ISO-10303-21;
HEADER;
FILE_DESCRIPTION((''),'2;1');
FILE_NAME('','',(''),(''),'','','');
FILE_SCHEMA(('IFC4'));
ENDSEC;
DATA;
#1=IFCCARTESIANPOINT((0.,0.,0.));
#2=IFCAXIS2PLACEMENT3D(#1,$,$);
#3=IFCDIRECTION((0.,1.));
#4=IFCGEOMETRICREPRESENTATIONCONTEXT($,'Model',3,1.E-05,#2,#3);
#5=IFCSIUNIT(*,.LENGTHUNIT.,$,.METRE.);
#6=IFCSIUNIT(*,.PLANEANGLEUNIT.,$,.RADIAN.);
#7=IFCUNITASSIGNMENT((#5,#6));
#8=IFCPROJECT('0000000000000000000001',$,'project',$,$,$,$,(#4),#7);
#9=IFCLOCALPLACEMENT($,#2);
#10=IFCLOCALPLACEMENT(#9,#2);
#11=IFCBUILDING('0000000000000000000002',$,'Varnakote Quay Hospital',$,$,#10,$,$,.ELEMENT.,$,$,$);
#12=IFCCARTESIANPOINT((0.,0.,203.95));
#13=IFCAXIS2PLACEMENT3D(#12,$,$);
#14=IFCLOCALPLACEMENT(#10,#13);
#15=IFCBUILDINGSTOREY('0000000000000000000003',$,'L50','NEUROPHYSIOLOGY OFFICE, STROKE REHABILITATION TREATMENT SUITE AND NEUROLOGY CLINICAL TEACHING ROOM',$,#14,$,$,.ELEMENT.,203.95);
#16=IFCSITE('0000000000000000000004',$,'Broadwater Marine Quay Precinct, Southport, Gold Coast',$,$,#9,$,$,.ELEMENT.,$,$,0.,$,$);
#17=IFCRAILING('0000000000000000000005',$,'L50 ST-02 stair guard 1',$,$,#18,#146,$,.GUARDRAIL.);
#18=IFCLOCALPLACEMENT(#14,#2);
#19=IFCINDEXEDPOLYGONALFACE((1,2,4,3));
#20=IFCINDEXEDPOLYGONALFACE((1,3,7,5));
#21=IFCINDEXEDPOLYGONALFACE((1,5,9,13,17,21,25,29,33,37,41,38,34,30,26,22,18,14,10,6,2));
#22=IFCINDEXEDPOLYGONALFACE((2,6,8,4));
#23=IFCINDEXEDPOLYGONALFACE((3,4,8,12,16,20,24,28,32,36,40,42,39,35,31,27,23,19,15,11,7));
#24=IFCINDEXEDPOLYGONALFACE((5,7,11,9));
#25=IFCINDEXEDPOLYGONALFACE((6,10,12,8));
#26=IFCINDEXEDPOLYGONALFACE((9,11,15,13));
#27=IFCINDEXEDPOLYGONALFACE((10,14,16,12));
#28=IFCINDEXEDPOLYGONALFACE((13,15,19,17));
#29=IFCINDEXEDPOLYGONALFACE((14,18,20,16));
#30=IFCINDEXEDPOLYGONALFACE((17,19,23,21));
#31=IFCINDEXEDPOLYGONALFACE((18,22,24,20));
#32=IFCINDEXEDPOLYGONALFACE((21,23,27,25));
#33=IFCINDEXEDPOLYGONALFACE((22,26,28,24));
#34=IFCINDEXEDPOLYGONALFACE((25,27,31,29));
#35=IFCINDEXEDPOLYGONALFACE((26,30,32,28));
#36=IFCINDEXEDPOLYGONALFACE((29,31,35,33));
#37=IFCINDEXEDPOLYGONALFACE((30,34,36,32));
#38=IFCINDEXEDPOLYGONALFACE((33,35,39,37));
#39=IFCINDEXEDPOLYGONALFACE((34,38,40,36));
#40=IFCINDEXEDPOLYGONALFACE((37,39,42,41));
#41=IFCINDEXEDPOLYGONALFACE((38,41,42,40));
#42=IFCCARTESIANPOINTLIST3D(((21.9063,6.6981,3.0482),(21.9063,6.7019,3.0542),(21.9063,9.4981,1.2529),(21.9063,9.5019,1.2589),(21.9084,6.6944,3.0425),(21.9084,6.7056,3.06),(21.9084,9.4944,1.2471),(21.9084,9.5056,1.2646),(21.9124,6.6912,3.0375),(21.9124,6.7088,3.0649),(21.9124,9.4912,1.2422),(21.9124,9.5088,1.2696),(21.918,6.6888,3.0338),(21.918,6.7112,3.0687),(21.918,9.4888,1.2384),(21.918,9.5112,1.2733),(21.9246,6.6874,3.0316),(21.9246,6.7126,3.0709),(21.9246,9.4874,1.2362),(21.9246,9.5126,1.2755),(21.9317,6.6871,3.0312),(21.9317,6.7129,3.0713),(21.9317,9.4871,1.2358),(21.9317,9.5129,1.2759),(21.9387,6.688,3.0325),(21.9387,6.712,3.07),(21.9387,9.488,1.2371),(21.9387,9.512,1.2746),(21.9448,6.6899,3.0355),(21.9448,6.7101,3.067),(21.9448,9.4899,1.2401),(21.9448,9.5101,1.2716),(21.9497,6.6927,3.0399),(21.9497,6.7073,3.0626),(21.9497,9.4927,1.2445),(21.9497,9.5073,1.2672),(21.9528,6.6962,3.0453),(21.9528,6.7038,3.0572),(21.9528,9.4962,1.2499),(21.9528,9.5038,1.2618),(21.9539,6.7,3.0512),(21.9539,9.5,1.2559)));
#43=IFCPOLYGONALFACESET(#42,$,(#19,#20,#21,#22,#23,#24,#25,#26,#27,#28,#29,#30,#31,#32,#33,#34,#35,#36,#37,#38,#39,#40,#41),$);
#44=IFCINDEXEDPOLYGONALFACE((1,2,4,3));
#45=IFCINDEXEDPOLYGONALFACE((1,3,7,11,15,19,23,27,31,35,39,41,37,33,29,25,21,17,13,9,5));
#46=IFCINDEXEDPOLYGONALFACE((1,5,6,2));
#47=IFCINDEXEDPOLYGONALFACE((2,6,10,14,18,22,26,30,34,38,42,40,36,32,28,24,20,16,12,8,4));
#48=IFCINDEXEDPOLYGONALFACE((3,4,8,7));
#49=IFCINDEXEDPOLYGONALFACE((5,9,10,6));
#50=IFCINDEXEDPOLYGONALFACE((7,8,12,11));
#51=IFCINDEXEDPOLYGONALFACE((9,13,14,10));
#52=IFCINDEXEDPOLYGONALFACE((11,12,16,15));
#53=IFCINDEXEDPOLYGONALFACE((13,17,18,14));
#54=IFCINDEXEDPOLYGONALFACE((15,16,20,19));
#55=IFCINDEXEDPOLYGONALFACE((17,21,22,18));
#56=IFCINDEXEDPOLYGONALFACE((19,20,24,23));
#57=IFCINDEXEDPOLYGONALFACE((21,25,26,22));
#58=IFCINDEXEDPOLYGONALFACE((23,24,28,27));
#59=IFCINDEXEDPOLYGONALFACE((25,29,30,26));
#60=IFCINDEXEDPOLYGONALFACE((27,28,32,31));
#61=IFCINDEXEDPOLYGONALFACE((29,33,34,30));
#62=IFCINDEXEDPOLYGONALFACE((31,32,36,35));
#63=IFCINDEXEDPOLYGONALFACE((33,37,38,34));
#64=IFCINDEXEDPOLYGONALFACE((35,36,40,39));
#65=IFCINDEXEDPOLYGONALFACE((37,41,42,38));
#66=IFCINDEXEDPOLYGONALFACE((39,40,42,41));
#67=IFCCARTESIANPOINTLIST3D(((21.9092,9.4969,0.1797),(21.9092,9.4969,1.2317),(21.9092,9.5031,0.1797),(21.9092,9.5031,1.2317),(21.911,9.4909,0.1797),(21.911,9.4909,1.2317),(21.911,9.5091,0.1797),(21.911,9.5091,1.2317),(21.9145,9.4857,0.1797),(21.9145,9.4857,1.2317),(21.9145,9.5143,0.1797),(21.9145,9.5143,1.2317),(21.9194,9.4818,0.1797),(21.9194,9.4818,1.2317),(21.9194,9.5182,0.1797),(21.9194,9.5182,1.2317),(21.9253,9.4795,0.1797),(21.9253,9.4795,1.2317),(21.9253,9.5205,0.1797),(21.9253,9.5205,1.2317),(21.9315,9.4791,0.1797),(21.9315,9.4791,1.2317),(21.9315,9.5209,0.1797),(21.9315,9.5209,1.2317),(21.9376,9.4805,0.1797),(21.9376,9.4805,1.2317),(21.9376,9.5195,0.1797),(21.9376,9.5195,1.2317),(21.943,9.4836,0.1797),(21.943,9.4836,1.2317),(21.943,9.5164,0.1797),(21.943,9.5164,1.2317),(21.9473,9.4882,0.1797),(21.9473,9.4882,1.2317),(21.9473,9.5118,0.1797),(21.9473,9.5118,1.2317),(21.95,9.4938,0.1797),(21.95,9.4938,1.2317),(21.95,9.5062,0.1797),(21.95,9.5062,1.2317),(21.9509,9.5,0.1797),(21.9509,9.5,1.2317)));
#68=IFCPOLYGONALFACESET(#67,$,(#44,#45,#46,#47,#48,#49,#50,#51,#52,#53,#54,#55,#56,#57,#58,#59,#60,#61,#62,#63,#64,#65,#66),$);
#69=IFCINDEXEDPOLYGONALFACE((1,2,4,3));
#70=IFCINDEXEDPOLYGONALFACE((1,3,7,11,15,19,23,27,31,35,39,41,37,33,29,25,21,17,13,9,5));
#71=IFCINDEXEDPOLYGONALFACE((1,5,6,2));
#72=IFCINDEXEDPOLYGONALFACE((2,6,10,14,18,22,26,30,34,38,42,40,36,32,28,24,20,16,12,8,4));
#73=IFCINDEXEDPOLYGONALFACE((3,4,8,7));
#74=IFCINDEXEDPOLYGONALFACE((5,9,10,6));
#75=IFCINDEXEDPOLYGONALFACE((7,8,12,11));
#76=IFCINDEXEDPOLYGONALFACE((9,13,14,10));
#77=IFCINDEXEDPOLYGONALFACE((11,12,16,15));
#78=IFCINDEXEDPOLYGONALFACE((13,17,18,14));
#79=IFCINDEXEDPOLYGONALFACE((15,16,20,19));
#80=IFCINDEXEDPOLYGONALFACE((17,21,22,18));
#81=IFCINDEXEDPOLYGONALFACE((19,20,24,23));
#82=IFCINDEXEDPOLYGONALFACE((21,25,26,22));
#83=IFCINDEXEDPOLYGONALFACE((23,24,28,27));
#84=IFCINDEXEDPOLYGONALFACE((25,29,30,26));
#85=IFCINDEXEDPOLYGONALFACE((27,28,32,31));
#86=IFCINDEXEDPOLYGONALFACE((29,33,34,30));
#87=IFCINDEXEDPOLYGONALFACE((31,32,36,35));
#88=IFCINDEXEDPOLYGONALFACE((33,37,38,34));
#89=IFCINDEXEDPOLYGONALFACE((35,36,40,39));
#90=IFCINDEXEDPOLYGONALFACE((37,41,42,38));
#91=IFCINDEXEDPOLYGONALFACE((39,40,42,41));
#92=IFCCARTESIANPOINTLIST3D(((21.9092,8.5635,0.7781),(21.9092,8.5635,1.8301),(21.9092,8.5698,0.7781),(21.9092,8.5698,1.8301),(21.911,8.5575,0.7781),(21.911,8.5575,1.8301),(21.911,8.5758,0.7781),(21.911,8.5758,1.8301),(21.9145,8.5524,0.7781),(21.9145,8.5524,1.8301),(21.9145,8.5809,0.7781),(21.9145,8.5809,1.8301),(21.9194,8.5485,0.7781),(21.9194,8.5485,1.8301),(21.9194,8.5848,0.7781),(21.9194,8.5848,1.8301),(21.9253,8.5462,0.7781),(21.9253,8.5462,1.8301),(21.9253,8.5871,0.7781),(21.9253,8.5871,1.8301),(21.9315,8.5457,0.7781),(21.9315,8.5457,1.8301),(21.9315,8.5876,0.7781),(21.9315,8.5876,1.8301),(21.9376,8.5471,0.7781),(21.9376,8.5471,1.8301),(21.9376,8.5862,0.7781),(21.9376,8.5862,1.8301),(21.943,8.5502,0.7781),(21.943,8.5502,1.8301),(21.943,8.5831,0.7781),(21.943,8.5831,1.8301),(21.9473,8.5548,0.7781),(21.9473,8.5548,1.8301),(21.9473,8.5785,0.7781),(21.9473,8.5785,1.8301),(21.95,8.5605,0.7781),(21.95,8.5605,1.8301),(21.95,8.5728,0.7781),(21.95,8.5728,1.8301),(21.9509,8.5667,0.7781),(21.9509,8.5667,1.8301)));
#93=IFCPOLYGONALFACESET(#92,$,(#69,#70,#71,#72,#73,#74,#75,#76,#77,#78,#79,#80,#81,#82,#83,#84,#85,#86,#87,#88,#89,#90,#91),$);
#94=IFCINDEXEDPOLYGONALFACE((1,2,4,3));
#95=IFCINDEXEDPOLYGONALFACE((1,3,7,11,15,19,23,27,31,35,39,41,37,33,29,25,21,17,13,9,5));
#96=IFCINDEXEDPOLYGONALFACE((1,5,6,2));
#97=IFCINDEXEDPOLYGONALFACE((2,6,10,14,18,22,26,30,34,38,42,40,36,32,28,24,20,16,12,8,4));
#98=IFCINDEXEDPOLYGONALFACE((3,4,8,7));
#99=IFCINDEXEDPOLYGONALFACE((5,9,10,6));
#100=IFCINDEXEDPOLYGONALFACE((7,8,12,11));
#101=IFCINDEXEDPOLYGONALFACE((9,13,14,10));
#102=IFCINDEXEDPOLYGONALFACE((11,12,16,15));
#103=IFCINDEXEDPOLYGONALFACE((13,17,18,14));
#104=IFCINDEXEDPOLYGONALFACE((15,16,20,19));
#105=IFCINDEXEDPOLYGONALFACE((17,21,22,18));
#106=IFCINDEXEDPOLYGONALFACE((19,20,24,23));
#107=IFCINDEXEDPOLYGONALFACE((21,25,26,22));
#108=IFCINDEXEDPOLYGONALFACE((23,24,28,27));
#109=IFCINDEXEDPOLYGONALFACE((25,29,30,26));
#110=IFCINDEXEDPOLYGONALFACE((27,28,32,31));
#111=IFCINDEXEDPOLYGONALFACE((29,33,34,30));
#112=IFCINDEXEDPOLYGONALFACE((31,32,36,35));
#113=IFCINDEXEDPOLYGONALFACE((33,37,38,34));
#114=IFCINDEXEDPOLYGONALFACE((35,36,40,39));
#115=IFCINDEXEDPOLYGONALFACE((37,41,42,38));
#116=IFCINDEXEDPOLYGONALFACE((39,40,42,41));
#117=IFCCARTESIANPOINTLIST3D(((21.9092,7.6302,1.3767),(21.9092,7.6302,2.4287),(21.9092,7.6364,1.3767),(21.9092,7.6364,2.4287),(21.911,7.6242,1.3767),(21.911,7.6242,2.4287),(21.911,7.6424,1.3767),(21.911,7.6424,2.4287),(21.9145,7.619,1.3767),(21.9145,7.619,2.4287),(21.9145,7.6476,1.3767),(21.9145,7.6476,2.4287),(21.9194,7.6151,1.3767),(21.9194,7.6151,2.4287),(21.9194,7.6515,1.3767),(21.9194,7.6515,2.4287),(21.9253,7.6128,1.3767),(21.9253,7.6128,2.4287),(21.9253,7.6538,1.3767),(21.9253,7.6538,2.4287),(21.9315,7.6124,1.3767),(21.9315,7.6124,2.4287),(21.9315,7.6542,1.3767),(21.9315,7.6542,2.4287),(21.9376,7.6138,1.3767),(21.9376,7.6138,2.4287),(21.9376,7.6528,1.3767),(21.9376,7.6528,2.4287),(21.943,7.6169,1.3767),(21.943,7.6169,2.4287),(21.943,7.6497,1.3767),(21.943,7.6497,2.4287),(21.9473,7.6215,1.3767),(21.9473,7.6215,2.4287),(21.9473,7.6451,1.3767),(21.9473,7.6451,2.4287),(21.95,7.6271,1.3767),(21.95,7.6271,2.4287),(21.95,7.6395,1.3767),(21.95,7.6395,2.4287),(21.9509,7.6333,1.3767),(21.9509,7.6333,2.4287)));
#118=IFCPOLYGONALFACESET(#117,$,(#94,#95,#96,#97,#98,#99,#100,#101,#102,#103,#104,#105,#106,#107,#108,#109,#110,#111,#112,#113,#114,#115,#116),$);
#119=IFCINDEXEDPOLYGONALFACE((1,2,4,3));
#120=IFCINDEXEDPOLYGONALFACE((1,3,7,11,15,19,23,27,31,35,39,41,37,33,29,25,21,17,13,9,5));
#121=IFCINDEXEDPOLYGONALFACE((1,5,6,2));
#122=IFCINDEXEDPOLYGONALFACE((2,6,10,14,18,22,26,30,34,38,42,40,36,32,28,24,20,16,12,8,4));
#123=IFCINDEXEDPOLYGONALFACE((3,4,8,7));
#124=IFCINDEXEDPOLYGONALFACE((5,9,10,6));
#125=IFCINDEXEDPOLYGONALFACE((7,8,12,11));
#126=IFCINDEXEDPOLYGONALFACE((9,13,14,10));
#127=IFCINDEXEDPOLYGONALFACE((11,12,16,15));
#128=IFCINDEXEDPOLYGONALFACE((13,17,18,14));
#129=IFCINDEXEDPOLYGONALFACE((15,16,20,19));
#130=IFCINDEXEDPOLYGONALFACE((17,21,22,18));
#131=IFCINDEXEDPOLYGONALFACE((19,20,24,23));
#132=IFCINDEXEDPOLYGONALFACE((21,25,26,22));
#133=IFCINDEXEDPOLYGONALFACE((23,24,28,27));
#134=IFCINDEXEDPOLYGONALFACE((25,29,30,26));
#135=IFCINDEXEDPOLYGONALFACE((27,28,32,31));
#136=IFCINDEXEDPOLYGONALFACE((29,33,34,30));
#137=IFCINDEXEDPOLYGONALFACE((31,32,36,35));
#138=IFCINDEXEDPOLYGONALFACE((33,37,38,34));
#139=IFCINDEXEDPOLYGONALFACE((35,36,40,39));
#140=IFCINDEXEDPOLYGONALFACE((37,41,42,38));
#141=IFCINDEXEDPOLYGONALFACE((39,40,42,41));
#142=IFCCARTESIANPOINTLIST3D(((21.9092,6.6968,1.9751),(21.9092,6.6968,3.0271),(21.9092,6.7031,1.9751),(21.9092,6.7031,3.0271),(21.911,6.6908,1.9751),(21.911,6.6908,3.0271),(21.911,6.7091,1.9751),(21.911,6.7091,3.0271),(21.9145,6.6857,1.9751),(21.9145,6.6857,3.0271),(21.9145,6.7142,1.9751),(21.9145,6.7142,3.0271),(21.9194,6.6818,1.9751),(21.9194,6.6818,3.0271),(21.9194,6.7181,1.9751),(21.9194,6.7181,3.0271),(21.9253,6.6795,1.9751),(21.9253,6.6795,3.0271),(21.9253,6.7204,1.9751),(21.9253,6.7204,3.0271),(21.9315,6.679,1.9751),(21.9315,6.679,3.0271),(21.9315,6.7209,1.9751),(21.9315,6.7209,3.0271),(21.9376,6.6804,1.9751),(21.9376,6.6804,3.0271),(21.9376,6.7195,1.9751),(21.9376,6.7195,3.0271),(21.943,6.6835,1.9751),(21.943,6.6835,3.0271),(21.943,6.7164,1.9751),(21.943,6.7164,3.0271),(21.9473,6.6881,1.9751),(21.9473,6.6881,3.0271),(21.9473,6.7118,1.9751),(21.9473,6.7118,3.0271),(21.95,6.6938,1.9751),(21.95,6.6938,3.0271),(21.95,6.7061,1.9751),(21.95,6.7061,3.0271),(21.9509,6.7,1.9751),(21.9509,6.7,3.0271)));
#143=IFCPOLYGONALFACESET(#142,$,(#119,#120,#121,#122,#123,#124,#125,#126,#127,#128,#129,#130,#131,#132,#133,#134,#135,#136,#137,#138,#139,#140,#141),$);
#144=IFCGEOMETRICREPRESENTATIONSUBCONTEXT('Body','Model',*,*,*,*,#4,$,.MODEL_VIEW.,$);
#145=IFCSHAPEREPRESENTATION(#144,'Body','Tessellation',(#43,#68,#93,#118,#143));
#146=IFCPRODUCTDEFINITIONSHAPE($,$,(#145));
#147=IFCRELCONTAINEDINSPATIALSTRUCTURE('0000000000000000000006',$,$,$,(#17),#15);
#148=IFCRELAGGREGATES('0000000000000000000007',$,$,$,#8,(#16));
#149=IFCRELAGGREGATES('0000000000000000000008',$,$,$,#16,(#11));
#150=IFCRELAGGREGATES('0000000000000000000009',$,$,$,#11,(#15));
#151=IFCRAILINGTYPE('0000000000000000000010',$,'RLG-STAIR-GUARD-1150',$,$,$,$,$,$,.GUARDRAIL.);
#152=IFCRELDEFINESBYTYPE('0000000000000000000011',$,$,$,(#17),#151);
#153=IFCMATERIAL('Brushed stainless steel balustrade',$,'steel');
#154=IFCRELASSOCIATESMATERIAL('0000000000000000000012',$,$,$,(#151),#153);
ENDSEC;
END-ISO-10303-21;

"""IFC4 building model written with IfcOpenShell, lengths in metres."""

from ifc_helpers import new_model, si_unit, direction, frame, origin, origin_2d, place, context, subcontext, project, spatial, circle, extrude, material, type_object, element, save


model = new_model("IFC4")

# Units and contexts
model_context = context("Model", 3, precision=1e-05, world=origin(), true_north=direction((0.0, 1.0)))
body_context = subcontext(model_context, "Body", "Model", "MODEL_VIEW")
ifc_project = project(units=[si_unit("LENGTHUNIT", "METRE"), si_unit("PLANEANGLEUNIT", "RADIAN")], contexts=[model_context])

# Site, building, storey
site_placement = place(None, origin())
site = spatial("IfcSite", under=ifc_project, at=site_placement, Name="Broadwater Marine Quay Precinct, Southport, Gold Coast", CompositionType="ELEMENT", RefElevation=0.0)
building_placement = place(site_placement, origin())
building = spatial("IfcBuilding", under=site, at=building_placement, Name="Varnakote Quay Hospital", CompositionType="ELEMENT")
storey_placement = place(building_placement, frame((0.0, 0.0, 203.95)))
storey = spatial("IfcBuildingStorey", under=building, at=storey_placement, Name="L50", Description="NEUROPHYSIOLOGY OFFICE, STROKE REHABILITATION TREATMENT SUITE AND NEUROLOGY CLINICAL TEACHING ROOM", CompositionType="ELEMENT", Elevation=203.95)

# Railing
ifc_material_1 = material(Name="Brushed stainless steel balustrade", Category="steel")
railing_type_1 = type_object("IfcRailingType", Name="RLG-STAIR-GUARD-1150", PredefinedType="GUARDRAIL", material=ifc_material_1)
railing_1_placement = place(storey_placement, frame((21.9299, 9.5, 0.1797)))
element("IfcRailing", 1, at=railing_1_placement, inside=storey, type_object=railing_type_1, Name="L50 ST-02 stair guard 1", PredefinedType="GUARDRAIL", context=body_context, shape_type="SweptSolid", body=[
    extrude(circle(Radius=0.0239, at=origin_2d()), frame((0.0, 0.0, 1.0762), z_axis=(0.0, -0.84181, 0.539774), x_axis=(1.0, 0.0, 0.0)), (0.0, 0.0, 1.0), 3.3262),
    extrude(circle(Radius=0.021, at=origin_2d()), origin(), (0.0, 0.0, 1.0), 1.052),
    extrude(circle(Radius=0.021, at=origin_2d()), frame((0.0, -0.9333, 0.5984)), (0.0, 0.0, 1.0), 1.052),
    extrude(circle(Radius=0.021, at=origin_2d()), frame((0.0, -1.8667, 1.197)), (0.0, 0.0, 1.0), 1.052),
    extrude(circle(Radius=0.021, at=origin_2d()), frame((0.0, -2.8, 1.7954)), (0.0, 0.0, 1.0), 1.052),
])

save(model, "model.ifc")
